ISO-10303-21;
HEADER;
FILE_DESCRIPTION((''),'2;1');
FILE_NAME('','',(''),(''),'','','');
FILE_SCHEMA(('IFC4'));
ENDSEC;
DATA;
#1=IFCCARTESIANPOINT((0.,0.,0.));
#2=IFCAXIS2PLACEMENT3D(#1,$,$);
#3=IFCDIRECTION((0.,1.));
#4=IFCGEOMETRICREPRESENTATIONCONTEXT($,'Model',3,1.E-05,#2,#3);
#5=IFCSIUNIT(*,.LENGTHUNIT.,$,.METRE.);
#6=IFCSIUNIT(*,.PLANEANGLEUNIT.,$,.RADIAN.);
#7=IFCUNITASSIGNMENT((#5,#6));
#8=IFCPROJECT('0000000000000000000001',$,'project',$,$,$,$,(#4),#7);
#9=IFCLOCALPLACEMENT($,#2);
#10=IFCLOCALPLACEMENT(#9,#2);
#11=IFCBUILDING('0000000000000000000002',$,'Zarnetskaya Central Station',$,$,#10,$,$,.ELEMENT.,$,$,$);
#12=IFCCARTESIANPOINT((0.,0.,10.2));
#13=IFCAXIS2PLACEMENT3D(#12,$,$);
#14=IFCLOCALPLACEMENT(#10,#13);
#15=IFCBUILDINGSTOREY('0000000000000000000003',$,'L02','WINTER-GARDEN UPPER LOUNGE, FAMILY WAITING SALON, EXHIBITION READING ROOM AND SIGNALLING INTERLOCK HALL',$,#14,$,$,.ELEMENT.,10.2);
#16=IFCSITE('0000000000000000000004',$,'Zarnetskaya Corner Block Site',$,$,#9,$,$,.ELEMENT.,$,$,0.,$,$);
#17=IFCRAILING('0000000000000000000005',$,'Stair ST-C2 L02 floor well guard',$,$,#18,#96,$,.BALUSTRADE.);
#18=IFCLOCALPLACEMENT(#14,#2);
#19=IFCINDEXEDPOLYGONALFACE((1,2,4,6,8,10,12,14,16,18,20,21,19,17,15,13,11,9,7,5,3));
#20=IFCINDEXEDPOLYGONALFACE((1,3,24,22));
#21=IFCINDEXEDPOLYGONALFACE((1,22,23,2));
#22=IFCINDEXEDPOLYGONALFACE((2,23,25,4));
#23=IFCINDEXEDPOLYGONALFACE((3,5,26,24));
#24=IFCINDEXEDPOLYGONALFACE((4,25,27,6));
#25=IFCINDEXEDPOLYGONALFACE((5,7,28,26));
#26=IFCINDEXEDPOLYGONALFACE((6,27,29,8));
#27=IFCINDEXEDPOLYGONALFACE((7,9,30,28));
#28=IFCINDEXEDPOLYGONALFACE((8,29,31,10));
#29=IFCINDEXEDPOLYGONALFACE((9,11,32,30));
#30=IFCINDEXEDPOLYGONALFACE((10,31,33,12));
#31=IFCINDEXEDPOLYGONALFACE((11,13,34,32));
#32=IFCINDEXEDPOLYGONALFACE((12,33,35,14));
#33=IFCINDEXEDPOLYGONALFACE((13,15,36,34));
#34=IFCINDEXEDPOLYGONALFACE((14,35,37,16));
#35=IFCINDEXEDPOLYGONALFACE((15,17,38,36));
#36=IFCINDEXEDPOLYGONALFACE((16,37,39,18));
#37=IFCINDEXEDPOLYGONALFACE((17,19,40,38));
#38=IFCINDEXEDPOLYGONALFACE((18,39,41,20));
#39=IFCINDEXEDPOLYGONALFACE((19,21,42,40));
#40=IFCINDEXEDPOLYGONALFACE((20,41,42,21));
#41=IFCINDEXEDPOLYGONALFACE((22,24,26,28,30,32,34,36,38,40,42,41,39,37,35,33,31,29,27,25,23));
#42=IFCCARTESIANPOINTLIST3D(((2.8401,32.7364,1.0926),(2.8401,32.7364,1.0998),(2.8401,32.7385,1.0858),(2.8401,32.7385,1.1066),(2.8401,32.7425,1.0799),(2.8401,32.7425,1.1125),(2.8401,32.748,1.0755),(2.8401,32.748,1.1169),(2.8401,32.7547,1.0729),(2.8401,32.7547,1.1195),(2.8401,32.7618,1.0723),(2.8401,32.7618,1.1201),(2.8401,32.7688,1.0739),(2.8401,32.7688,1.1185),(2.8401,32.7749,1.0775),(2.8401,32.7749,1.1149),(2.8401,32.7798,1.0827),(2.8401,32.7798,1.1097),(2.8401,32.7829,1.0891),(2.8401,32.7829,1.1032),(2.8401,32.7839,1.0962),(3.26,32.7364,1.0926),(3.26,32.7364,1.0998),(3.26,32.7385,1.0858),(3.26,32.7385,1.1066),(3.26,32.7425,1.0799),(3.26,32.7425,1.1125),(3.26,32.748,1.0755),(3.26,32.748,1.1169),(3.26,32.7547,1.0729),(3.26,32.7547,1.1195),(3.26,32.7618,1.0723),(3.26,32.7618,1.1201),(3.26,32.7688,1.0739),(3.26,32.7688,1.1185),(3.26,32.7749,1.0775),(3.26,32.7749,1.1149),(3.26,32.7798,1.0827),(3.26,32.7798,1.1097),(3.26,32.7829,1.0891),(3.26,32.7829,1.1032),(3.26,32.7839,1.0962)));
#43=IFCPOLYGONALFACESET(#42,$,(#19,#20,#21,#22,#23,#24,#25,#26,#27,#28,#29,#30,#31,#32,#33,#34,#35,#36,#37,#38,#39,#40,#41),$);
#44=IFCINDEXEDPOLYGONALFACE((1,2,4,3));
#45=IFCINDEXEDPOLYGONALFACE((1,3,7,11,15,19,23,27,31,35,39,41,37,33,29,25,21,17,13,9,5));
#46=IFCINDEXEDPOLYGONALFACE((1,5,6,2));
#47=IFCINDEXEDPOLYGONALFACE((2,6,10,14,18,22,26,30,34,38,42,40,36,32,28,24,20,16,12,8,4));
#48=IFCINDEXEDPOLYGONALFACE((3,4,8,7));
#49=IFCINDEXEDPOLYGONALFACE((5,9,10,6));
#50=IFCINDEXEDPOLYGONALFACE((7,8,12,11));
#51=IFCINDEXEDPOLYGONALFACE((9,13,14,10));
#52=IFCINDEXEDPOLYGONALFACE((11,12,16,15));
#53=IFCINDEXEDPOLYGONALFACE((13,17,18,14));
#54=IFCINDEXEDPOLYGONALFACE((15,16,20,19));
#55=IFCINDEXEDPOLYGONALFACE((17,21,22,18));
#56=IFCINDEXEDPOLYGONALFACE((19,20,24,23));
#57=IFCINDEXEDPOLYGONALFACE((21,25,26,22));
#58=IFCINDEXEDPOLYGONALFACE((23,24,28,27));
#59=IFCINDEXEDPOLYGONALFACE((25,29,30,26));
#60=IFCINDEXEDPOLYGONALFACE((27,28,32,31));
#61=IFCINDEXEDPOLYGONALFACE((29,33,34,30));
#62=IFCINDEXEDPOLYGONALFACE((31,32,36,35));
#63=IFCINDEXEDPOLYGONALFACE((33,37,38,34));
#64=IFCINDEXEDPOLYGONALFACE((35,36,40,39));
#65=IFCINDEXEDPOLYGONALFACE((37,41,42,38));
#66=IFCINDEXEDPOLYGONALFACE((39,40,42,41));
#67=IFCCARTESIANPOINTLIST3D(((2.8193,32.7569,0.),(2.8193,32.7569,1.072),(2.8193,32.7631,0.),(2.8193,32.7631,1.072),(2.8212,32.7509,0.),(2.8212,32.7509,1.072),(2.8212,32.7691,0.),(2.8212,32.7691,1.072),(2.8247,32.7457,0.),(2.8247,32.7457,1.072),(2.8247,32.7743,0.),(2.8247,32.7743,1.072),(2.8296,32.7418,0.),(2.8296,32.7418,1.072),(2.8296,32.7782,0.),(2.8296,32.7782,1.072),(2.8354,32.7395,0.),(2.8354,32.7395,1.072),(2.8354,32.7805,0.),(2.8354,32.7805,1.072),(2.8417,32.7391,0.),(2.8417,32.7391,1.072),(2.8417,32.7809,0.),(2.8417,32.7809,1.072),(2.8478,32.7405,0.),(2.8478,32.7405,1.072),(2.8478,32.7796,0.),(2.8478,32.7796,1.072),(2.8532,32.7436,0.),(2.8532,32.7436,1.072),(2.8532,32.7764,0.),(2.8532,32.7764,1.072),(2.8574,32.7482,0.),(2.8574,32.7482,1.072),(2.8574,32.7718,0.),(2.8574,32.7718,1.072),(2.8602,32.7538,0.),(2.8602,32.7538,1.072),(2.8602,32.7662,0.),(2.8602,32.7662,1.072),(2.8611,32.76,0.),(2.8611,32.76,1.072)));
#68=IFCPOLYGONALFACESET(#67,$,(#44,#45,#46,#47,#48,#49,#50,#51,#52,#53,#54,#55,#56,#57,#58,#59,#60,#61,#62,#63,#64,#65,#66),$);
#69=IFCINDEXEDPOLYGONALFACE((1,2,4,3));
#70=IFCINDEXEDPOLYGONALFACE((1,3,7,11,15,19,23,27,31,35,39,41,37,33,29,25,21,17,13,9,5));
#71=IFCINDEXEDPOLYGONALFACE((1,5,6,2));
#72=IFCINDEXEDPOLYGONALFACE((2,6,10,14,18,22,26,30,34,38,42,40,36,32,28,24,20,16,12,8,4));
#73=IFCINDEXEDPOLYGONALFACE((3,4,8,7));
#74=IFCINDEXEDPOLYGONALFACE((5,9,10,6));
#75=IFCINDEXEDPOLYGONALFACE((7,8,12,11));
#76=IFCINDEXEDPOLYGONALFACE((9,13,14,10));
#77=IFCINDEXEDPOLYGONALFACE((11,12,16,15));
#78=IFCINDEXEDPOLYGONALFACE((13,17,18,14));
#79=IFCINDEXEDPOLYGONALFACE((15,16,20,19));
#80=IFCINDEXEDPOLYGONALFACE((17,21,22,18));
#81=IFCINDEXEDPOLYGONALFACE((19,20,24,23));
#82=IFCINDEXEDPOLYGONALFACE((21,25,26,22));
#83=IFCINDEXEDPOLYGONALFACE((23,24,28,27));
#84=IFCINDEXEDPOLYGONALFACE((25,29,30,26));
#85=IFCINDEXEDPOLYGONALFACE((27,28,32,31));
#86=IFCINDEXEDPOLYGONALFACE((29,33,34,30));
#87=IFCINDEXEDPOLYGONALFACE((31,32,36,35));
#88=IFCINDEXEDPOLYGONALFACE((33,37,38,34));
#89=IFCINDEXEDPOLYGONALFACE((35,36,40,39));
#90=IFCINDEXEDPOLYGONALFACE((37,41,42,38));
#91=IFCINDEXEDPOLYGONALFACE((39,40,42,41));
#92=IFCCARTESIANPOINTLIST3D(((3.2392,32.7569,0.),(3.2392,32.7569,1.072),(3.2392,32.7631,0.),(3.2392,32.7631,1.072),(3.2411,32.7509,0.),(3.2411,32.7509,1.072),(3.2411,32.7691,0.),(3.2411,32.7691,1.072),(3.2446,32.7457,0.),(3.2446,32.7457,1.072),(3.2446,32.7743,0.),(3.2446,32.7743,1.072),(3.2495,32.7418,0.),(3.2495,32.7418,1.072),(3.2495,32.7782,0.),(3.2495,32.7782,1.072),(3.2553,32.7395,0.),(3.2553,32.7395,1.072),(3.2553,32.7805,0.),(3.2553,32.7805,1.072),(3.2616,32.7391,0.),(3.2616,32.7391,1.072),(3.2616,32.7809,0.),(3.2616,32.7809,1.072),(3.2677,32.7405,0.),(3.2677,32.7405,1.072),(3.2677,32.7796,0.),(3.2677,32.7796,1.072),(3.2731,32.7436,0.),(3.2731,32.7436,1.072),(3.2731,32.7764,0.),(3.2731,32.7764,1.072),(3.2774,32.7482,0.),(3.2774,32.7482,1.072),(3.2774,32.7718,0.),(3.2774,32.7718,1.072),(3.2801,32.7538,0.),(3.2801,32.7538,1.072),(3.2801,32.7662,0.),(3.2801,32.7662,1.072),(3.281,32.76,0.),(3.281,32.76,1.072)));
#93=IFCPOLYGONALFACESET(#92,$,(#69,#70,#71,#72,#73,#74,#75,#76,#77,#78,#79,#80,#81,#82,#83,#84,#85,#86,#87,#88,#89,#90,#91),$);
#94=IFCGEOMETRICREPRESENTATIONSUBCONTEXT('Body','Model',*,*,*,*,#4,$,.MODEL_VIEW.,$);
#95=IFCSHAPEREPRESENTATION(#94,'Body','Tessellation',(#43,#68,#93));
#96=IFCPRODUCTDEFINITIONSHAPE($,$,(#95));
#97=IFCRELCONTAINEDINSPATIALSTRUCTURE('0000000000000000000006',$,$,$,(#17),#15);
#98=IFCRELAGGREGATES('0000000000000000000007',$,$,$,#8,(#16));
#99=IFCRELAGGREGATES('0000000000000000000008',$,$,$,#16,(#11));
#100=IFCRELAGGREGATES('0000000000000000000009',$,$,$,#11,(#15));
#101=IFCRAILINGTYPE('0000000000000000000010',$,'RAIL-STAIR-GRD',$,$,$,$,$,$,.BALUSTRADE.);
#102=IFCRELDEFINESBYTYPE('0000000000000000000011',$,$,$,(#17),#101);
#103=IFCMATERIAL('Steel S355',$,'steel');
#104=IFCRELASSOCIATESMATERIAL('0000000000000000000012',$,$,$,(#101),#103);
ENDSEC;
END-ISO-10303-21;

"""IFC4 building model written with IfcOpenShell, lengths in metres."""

from ifc_helpers import new_model, si_unit, direction, frame, origin, origin_2d, place, context, subcontext, project, spatial, circle, extrude, material, type_object, element, save


model = new_model("IFC4")

# Units and contexts
model_context = context("Model", 3, precision=1e-05, world=origin(), true_north=direction((0.0, 1.0)))
body_context = subcontext(model_context, "Body", "Model", "MODEL_VIEW")
ifc_project = project(units=[si_unit("LENGTHUNIT", "METRE"), si_unit("PLANEANGLEUNIT", "RADIAN")], contexts=[model_context])

# Site, building, storey
site_placement = place(None, origin())
site = spatial("IfcSite", under=ifc_project, at=site_placement, Name="Zarnetskaya Corner Block Site", CompositionType="ELEMENT", RefElevation=0.0)
building_placement = place(site_placement, origin())
building = spatial("IfcBuilding", under=site, at=building_placement, Name="Zarnetskaya Central Station", CompositionType="ELEMENT")
storey_placement = place(building_placement, frame((0.0, 0.0, 10.2)))
storey = spatial("IfcBuildingStorey", under=building, at=storey_placement, Name="L02", Description="WINTER-GARDEN UPPER LOUNGE, FAMILY WAITING SALON, EXHIBITION READING ROOM AND SIGNALLING INTERLOCK HALL", CompositionType="ELEMENT", Elevation=10.2)

# Shared definitions
ifc_material_1 = material(Name="Steel S355", Category="steel")

# Railing
railing_type_1 = type_object("IfcRailingType", Name="RAIL-STAIR-GRD", PredefinedType="BALUSTRADE", material=ifc_material_1)
railing_1_placement = place(storey_placement, frame((2.8401, 32.76, 0.0)))
element("IfcRailing", 1, at=railing_1_placement, inside=storey, type_object=railing_type_1, Name="Stair ST-C2 L02 floor well guard", PredefinedType="BALUSTRADE", context=body_context, shape_type="SweptSolid", body=[
    extrude(circle(Radius=0.0239, at=origin_2d()), frame((0.0, 0.0, 1.0962), z_axis=(1.0, 0.0, 0.0), x_axis=(0.0, 1.0, 0.0)), (0.0, 0.0, 1.0), 0.4199),
    extrude(circle(Radius=0.021, at=origin_2d()), origin(), (0.0, 0.0, 1.0), 1.072),
    extrude(circle(Radius=0.021, at=origin_2d()), frame((0.4199, 0.0, 0.0)), (0.0, 0.0, 1.0), 1.072),
])

save(model, "model.ifc")
